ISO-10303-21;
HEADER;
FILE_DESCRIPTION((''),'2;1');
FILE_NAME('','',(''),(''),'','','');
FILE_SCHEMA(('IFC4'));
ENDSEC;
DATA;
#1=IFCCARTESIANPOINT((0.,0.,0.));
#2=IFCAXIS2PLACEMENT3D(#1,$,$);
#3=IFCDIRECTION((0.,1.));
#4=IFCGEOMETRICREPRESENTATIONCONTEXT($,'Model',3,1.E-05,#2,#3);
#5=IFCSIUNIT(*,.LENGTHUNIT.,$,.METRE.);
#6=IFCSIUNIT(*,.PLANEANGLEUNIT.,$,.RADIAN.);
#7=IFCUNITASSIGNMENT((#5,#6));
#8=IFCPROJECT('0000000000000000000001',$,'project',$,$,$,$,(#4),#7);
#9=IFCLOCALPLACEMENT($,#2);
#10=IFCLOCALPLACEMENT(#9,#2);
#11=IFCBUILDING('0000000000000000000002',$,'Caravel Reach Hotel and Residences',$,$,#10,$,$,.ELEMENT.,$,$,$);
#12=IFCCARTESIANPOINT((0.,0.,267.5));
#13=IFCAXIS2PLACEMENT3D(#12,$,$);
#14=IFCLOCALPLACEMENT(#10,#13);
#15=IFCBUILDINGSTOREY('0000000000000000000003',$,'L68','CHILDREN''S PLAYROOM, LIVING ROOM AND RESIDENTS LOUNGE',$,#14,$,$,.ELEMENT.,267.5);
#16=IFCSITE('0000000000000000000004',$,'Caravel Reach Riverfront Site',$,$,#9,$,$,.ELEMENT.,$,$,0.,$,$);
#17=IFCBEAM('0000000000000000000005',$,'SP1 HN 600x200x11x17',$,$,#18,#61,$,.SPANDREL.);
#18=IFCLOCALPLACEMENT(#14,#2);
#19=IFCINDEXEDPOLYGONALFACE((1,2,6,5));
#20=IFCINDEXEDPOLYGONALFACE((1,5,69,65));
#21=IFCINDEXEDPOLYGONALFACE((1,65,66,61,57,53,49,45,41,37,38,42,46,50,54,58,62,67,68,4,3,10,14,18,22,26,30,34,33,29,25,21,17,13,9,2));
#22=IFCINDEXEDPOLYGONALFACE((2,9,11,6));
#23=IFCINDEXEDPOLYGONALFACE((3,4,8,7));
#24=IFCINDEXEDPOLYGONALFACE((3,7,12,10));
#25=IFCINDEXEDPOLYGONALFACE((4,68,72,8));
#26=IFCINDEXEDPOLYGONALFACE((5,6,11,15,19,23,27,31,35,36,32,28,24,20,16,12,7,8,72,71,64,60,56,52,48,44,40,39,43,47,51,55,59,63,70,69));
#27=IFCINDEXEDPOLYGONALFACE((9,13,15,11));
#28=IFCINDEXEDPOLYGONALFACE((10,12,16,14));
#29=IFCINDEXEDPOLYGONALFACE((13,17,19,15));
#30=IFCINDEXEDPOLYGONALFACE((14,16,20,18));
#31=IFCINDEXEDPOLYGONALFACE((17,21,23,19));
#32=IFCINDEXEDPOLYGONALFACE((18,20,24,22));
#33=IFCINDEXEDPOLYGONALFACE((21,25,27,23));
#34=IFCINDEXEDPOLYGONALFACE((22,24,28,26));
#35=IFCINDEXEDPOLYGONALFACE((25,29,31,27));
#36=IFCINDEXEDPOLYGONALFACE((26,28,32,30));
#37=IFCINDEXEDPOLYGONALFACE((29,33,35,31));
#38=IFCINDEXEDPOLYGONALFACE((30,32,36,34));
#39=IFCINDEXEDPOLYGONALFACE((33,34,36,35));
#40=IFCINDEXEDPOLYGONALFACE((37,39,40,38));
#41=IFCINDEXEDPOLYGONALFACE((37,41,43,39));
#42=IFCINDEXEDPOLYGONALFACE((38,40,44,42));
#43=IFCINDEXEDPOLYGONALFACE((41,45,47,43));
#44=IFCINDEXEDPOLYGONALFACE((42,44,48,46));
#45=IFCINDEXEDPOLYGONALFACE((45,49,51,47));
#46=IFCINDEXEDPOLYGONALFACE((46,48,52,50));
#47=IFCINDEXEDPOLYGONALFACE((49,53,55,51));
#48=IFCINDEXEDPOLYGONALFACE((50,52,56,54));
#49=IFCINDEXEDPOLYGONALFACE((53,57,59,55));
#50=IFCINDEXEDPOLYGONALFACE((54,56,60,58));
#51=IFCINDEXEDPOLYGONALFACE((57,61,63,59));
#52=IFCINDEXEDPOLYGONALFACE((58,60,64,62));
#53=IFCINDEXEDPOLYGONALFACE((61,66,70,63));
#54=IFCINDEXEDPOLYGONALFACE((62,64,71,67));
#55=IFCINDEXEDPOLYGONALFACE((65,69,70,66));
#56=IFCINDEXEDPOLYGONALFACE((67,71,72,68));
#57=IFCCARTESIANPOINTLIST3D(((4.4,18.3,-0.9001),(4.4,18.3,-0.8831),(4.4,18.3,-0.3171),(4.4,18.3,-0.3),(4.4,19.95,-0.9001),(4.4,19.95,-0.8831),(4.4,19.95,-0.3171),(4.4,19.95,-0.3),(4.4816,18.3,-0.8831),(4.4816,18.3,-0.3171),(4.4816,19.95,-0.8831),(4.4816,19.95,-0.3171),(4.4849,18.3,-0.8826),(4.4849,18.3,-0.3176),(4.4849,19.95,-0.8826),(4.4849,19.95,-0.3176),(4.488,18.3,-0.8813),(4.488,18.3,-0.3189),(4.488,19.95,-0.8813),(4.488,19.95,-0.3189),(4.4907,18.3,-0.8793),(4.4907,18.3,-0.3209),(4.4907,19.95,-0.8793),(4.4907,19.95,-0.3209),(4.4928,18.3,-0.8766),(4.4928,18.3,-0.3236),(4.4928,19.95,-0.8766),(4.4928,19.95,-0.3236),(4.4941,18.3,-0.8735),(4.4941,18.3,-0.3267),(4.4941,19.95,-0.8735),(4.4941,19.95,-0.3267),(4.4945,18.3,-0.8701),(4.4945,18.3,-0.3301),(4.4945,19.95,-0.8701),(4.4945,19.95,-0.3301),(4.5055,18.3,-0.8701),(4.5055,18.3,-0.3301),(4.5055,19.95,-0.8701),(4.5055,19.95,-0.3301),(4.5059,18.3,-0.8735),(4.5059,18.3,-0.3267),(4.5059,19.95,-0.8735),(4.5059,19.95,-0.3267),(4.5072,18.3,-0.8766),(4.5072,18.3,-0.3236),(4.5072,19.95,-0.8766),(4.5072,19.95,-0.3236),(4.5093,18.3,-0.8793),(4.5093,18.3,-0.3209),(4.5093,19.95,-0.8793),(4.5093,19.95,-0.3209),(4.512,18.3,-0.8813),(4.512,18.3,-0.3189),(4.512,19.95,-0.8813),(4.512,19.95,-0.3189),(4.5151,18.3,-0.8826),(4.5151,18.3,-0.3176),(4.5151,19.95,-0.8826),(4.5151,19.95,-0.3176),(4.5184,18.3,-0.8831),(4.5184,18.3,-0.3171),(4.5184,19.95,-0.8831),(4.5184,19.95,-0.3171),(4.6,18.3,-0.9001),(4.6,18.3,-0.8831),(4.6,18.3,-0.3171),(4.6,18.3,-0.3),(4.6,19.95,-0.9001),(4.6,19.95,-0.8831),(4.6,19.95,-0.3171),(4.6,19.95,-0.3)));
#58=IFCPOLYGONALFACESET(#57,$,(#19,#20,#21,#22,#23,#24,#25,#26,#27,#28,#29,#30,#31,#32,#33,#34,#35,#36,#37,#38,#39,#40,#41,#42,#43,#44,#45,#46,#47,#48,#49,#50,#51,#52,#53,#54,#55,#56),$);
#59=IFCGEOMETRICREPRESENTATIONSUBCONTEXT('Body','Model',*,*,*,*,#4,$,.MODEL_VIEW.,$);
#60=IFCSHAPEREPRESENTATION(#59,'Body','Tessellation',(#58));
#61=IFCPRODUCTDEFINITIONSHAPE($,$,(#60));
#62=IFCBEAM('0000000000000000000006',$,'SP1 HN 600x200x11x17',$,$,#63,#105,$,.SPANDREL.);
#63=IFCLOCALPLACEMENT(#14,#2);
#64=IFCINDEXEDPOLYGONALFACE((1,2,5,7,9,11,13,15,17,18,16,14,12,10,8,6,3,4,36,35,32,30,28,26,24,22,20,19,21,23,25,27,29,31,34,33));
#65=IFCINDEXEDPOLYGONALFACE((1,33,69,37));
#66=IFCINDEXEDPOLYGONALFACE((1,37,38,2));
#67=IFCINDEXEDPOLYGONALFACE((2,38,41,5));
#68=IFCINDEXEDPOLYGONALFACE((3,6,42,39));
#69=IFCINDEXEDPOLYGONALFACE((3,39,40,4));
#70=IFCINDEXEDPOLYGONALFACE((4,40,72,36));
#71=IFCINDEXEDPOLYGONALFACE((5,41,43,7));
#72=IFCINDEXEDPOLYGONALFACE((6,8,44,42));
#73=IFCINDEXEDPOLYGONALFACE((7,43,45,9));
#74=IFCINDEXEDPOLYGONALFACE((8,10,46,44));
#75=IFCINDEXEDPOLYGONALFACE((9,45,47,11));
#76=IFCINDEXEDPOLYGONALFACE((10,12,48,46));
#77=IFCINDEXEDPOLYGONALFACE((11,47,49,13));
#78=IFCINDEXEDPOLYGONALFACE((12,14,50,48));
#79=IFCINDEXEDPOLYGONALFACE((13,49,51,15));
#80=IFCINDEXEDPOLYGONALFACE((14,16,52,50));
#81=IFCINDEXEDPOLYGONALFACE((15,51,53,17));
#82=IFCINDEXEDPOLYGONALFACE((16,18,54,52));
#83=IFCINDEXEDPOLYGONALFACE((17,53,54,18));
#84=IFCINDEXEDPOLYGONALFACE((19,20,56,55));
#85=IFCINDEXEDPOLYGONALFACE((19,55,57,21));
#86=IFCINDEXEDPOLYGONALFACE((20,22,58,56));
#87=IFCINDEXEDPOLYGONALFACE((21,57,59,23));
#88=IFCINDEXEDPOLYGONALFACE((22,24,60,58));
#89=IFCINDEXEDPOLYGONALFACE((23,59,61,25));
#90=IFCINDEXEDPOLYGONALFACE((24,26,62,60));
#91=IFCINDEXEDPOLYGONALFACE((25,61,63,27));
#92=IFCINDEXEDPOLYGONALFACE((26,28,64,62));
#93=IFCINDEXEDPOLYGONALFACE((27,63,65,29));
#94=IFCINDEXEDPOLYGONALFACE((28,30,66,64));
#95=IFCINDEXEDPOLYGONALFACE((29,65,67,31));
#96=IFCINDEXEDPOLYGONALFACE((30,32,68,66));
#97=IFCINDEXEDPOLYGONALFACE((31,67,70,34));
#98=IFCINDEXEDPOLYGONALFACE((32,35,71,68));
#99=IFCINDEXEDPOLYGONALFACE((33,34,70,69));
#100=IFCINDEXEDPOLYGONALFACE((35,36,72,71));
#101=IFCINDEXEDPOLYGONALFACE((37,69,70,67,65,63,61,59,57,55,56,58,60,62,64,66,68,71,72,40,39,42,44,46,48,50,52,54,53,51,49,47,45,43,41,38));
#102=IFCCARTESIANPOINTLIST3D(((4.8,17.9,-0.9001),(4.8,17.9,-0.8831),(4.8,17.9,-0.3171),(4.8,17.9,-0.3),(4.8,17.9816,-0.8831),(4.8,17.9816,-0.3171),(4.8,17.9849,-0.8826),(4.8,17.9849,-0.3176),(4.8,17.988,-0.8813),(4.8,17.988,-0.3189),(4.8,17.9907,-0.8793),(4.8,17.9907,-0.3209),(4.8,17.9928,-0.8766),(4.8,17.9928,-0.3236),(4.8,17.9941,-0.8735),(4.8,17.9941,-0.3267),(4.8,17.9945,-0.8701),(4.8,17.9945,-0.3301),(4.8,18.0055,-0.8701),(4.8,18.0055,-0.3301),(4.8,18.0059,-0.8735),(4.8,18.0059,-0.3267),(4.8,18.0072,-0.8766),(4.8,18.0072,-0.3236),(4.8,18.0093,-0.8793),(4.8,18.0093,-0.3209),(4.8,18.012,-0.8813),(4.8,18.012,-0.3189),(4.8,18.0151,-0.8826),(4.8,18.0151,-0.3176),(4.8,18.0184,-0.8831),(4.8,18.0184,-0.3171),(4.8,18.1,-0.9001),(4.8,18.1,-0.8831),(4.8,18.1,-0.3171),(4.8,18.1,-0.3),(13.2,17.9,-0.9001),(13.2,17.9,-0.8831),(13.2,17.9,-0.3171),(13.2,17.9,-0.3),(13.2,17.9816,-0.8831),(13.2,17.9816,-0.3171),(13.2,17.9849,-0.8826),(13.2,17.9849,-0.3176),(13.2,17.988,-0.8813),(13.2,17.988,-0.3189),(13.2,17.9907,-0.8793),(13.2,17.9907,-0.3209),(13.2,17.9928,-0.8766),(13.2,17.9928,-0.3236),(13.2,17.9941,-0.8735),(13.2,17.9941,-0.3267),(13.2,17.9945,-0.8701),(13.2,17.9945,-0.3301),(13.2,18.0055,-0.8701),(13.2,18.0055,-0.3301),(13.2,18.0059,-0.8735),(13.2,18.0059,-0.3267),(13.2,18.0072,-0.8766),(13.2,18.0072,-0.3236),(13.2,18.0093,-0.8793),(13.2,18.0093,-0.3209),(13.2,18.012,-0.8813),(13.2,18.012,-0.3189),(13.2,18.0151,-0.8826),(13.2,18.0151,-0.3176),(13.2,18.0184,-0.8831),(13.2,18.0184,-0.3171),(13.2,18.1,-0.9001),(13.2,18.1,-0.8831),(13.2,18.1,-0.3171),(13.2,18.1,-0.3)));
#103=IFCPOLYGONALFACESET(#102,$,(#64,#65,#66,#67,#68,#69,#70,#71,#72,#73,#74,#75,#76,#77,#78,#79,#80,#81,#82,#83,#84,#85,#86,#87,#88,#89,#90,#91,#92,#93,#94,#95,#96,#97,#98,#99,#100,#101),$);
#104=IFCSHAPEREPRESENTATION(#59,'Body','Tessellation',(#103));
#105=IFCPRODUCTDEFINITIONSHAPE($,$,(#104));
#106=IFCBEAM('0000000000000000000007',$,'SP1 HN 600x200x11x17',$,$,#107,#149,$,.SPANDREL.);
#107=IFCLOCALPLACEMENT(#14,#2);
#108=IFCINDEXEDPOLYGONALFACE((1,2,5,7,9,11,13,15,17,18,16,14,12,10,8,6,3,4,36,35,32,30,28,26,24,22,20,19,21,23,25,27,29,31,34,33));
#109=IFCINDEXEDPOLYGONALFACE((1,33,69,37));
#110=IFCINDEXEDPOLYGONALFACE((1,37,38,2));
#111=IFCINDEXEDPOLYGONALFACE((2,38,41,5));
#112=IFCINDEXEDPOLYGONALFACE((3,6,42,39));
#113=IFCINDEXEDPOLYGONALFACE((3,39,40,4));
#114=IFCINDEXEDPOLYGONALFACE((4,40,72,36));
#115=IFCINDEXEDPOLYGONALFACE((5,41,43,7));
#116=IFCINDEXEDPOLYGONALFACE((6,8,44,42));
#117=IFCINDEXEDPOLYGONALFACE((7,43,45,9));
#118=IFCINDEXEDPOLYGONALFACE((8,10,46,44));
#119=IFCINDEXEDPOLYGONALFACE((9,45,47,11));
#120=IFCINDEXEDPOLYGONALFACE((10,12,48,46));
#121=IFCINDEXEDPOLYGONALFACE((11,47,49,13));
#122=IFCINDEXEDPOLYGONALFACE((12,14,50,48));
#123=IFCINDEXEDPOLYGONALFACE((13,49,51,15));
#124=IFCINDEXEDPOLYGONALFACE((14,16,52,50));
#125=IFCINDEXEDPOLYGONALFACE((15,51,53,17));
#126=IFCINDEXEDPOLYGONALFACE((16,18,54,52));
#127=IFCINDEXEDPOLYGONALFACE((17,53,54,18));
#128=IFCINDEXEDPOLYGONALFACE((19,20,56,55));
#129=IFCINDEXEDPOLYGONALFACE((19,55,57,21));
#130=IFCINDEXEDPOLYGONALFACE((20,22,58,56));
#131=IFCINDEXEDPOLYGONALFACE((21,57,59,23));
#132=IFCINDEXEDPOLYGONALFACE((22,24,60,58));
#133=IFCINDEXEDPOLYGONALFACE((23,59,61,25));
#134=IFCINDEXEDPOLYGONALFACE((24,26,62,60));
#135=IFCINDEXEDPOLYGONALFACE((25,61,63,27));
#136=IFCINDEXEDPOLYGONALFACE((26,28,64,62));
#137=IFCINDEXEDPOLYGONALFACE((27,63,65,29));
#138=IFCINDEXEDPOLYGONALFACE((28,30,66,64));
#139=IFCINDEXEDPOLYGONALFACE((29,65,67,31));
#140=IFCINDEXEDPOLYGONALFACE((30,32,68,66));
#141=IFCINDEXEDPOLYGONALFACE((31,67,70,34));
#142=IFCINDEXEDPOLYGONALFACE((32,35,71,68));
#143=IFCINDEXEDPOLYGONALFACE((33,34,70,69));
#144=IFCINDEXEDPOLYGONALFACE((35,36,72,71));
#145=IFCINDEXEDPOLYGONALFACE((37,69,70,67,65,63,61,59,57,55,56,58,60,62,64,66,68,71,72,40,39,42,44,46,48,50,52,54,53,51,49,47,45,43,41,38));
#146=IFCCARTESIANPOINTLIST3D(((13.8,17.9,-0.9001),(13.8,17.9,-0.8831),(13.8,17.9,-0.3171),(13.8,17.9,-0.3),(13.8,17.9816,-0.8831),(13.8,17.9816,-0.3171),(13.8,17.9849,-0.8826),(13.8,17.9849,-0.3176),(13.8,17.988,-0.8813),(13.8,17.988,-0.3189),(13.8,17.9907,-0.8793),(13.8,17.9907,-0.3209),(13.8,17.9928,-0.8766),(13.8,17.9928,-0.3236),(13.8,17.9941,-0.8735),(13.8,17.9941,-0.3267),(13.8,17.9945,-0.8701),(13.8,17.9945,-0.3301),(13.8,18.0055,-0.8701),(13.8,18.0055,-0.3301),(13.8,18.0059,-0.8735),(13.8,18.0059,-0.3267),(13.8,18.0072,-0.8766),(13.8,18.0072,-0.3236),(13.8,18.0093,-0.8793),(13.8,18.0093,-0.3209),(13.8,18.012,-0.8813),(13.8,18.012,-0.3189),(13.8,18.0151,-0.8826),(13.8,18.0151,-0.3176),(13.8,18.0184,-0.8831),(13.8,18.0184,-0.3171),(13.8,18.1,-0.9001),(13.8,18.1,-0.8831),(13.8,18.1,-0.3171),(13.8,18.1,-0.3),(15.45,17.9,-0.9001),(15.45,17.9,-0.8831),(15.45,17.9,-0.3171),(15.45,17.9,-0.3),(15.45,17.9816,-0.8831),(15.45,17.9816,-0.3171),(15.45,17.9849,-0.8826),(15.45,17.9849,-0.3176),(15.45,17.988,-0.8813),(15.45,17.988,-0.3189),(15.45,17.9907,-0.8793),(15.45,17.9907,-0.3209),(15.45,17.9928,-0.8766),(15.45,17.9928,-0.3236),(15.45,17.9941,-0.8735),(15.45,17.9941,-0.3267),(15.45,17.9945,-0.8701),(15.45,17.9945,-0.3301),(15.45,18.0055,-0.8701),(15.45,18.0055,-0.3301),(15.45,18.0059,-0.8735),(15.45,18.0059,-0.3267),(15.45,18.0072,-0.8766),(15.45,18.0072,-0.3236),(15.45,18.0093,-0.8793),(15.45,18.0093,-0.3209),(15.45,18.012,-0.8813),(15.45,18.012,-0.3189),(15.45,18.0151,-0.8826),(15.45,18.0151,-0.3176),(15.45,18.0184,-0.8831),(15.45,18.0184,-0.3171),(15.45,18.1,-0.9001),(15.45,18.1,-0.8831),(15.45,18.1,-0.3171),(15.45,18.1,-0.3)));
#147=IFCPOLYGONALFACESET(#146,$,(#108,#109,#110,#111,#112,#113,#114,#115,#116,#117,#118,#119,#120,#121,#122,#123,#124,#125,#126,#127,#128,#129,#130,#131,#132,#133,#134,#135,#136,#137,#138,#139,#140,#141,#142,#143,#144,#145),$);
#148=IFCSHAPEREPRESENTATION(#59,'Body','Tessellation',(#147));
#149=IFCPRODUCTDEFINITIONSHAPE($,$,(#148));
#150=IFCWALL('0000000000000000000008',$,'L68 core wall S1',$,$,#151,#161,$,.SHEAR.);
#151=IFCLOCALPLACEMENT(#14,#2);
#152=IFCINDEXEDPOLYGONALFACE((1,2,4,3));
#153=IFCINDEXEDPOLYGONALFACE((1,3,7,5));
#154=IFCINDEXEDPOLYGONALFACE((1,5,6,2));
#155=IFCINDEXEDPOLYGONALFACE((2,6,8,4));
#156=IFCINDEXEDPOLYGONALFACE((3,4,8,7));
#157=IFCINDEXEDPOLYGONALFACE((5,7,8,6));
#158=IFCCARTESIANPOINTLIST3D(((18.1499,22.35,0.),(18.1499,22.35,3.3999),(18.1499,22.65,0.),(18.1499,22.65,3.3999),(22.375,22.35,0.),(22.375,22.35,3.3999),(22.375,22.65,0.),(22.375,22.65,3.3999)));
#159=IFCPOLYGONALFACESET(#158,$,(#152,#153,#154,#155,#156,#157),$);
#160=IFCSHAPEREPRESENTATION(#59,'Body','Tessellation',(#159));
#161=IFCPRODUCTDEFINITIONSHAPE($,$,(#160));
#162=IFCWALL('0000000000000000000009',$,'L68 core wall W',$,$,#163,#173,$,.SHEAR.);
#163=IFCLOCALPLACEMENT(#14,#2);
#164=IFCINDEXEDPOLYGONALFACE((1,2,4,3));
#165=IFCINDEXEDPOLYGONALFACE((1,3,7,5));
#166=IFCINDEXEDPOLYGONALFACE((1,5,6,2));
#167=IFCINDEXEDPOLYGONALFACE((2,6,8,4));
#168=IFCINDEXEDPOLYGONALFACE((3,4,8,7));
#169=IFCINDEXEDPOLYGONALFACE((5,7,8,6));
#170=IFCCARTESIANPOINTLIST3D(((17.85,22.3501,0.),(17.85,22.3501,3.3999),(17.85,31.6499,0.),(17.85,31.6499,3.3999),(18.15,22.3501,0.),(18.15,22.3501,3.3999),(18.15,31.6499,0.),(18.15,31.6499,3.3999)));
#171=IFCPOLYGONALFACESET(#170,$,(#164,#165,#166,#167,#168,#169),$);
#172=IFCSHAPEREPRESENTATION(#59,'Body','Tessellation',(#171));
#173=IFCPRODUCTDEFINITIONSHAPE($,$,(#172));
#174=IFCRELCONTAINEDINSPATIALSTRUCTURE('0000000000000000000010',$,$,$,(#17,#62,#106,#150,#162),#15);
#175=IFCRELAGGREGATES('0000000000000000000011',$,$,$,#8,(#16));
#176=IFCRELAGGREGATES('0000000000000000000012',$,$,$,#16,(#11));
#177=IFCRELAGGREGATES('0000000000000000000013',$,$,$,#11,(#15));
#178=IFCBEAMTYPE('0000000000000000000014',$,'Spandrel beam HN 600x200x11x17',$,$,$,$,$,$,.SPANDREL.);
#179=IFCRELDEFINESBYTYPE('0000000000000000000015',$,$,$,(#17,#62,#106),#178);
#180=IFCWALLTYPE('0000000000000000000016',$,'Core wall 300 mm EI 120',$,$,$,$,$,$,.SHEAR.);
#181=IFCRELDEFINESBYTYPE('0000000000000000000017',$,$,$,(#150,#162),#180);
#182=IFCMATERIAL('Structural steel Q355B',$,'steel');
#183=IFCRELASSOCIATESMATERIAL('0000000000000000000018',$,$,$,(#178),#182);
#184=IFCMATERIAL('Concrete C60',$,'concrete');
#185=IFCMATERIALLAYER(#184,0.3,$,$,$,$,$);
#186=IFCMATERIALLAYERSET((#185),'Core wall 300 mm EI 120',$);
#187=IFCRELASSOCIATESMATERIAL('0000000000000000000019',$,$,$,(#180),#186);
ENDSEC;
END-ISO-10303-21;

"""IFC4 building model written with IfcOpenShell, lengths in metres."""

from ifc_helpers import new_model, si_unit, direction, frame, frame_2d, origin, origin_2d, place, context, subcontext, project, spatial, rectangle, i_section, extrude, material, layer, layer_set, material_profile, profile_set, type_object, element, save


model = new_model("IFC4")

# Units and contexts
model_context = context("Model", 3, precision=1e-05, world=origin(), true_north=direction((0.0, 1.0)))
body_context = subcontext(model_context, "Body", "Model", "MODEL_VIEW")
ifc_project = project(units=[si_unit("LENGTHUNIT", "METRE"), si_unit("PLANEANGLEUNIT", "RADIAN")], contexts=[model_context])

# Site, building, storey
site_placement = place(None, origin())
site = spatial("IfcSite", under=ifc_project, at=site_placement, Name="Caravel Reach Riverfront Site", CompositionType="ELEMENT", RefElevation=0.0)
building_placement = place(site_placement, origin())
building = spatial("IfcBuilding", under=site, at=building_placement, Name="Caravel Reach Hotel and Residences", CompositionType="ELEMENT")
storey_placement = place(building_placement, frame((0.0, 0.0, 267.5)))
storey = spatial("IfcBuildingStorey", under=building, at=storey_placement, Name="L68", Description="CHILDREN'S PLAYROOM, LIVING ROOM AND RESIDENTS LOUNGE", CompositionType="ELEMENT", Elevation=267.5)

# Beams
ifc_material_1 = material(Name="Structural steel Q355B", Category="steel")
ifc_material_profile_1 = material_profile(ifc_material_1, i_section(OverallWidth=0.2, OverallDepth=0.6001, WebThickness=0.011, FlangeThickness=0.0171, FilletRadius=0.0129, at=origin_2d()), Name="HN 600x200x11x17")
ifc_profile_set_1 = profile_set([ifc_material_profile_1], Name="Structural steel Q355B")
beam_type_1 = type_object("IfcBeamType", Name="Spandrel beam HN 600x200x11x17", PredefinedType="SPANDREL", material=ifc_profile_set_1)
beam_1_placement = place(storey_placement, frame((4.5, 19.95, -0.6001), z_axis=(0.0, -1.0, 0.0), x_axis=(1.0, 0.0, 0.0)))
element("IfcBeam", 1, at=beam_1_placement, inside=storey, type_object=beam_type_1, Name="SP1 HN 600x200x11x17", PredefinedType="SPANDREL", context=body_context, shape_type="SweptSolid", body=[
    extrude(i_section(OverallWidth=0.2, OverallDepth=0.6001, WebThickness=0.011, FlangeThickness=0.0171, FilletRadius=0.0129, at=origin_2d()), origin(), (0.0, 0.0, 1.0), 1.6499),
])
beam_2_placement = place(storey_placement, frame((4.8, 18.0, -0.6001), z_axis=(1.0, 0.0, 0.0), x_axis=(0.0, 1.0, 0.0)))
element("IfcBeam", 2, at=beam_2_placement, inside=storey, type_object=beam_type_1, Name="SP1 HN 600x200x11x17", PredefinedType="SPANDREL", context=body_context, shape_type="SweptSolid", body=[
    extrude(i_section(OverallWidth=0.2, OverallDepth=0.6001, WebThickness=0.011, FlangeThickness=0.0171, FilletRadius=0.0129, at=origin_2d()), origin(), (0.0, 0.0, 1.0), 8.3999),
])
beam_3_placement = place(storey_placement, frame((13.8, 18.0, -0.6001), z_axis=(1.0, 0.0, 0.0), x_axis=(0.0, 1.0, 0.0)))
element("IfcBeam", 3, at=beam_3_placement, inside=storey, type_object=beam_type_1, Name="SP1 HN 600x200x11x17", PredefinedType="SPANDREL", context=body_context, shape_type="SweptSolid", body=[
    extrude(i_section(OverallWidth=0.2, OverallDepth=0.6001, WebThickness=0.011, FlangeThickness=0.0171, FilletRadius=0.0129, at=origin_2d()), origin(), (0.0, 0.0, 1.0), 1.6499),
])

# Walls
ifc_material_2 = material(Name="Concrete C60", Category="concrete")
ifc_layer_1 = layer(ifc_material_2, 0.3)
ifc_layer_set_1 = layer_set([ifc_layer_1], Name="Core wall 300 mm EI 120")
wall_type_1 = type_object("IfcWallType", Name="Core wall 300 mm EI 120", PredefinedType="SHEAR", material=ifc_layer_set_1)
wall_1_placement = place(storey_placement, frame((18.1499, 22.5, 0.0), z_axis=(0.0, 0.0, 1.0), x_axis=(1.0, 0.0, 0.0)))
element("IfcWall", 4, at=wall_1_placement, inside=storey, type_object=wall_type_1, Name="L68 core wall S1", PredefinedType="SHEAR", context=body_context, shape_type="SweptSolid", body=[
    extrude(rectangle(XDim=4.2251, YDim=0.3, at=frame_2d((2.1125, 0.0))), origin(), (0.0, 0.0, 1.0), 3.3999),
])
wall_2_placement = place(storey_placement, frame((18.0, 22.3501, 0.0), z_axis=(0.0, 0.0, 1.0), x_axis=(0.0, 1.0, 0.0)))
element("IfcWall", 5, at=wall_2_placement, inside=storey, type_object=wall_type_1, Name="L68 core wall W", PredefinedType="SHEAR", context=body_context, shape_type="SweptSolid", body=[
    extrude(rectangle(XDim=9.2998, YDim=0.3, at=frame_2d((4.6499, 0.0))), origin(), (0.0, 0.0, 1.0), 3.3999),
])

save(model, "model.ifc")
